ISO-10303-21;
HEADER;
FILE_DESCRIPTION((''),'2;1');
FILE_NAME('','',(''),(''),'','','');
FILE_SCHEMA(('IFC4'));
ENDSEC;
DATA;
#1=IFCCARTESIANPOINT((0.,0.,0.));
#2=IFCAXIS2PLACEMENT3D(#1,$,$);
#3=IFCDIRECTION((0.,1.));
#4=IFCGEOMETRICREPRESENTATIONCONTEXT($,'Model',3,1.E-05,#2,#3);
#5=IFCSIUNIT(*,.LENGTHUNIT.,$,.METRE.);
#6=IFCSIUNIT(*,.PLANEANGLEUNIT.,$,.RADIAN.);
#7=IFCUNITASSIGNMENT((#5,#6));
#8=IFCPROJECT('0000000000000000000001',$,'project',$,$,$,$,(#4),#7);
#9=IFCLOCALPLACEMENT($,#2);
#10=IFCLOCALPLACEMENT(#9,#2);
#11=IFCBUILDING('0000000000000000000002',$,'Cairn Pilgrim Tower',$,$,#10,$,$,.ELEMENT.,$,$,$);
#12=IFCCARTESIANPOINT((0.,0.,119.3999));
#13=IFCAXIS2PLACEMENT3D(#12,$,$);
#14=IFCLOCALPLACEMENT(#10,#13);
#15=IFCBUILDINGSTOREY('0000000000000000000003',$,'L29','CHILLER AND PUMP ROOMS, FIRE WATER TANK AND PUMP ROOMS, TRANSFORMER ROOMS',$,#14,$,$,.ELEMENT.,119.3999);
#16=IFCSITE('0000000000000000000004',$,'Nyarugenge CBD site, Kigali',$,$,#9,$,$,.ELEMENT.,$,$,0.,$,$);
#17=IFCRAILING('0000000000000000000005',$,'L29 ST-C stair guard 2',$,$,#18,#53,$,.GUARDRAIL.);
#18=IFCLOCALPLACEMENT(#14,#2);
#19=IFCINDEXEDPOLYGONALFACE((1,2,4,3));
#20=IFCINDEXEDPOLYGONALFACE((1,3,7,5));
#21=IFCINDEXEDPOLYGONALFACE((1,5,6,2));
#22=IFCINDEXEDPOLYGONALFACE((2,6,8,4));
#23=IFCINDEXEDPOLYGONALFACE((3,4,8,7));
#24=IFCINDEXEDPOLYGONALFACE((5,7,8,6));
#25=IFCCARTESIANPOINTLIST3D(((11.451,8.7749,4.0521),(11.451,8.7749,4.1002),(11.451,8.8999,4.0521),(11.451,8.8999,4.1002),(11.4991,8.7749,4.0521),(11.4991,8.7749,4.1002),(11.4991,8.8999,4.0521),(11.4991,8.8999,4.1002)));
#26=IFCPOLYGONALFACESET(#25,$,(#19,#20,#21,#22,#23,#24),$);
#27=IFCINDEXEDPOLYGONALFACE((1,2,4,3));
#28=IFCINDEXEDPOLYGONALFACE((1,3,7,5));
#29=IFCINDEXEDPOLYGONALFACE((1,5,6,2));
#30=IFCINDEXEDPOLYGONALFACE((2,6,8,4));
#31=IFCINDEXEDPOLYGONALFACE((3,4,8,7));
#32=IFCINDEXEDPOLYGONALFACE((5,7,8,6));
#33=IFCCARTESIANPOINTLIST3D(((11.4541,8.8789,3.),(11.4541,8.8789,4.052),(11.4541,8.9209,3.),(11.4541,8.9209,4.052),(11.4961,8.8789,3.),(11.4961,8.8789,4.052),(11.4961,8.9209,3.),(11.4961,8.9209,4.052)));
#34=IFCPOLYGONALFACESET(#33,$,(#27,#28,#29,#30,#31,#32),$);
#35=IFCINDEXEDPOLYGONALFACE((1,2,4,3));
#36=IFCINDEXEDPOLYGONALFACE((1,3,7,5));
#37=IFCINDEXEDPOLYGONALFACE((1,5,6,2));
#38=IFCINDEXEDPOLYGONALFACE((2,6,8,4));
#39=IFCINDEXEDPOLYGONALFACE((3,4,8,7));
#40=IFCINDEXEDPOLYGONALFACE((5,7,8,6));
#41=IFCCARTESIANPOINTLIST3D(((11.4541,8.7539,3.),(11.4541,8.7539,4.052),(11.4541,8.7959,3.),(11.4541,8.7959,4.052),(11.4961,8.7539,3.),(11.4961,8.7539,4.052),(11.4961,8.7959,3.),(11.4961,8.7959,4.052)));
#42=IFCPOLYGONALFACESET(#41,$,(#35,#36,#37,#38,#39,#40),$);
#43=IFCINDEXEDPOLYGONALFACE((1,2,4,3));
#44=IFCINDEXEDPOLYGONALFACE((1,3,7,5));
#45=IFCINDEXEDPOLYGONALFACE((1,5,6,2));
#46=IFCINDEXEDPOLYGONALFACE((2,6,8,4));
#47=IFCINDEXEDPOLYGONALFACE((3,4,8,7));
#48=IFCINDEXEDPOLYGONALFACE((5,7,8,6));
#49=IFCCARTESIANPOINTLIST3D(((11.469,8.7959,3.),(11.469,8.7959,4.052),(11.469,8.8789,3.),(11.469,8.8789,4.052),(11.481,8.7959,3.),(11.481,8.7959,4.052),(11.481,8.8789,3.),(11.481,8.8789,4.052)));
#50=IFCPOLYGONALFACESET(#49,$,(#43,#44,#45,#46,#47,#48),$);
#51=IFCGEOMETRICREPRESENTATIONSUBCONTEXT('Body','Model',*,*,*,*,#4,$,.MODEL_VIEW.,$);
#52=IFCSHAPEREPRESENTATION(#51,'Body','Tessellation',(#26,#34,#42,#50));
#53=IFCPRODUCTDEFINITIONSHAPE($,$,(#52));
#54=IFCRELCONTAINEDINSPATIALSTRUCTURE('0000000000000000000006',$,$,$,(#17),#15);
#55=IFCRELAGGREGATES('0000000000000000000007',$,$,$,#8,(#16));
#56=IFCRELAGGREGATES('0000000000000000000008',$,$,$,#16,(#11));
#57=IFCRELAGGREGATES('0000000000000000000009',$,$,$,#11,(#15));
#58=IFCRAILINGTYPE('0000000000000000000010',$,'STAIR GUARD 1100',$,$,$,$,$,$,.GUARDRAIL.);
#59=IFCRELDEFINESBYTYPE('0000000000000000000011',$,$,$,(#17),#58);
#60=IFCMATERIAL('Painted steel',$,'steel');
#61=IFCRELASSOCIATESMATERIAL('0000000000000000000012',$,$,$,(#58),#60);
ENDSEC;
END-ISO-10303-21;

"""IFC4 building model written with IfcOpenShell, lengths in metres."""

from ifc_helpers import new_model, si_unit, direction, frame, origin, origin_2d, place, context, subcontext, project, spatial, polyline, rectangle, outline, extrude, material, type_object, element, save


model = new_model("IFC4")

# Units and contexts
model_context = context("Model", 3, precision=1e-05, world=origin(), true_north=direction((0.0, 1.0)))
body_context = subcontext(model_context, "Body", "Model", "MODEL_VIEW")
ifc_project = project(units=[si_unit("LENGTHUNIT", "METRE"), si_unit("PLANEANGLEUNIT", "RADIAN")], contexts=[model_context])

# Site, building, storey
site_placement = place(None, origin())
site = spatial("IfcSite", under=ifc_project, at=site_placement, Name="Nyarugenge CBD site, Kigali", CompositionType="ELEMENT", RefElevation=0.0)
building_placement = place(site_placement, origin())
building = spatial("IfcBuilding", under=site, at=building_placement, Name="Cairn Pilgrim Tower", CompositionType="ELEMENT")
storey_placement = place(building_placement, frame((0.0, 0.0, 119.3999)))
storey = spatial("IfcBuildingStorey", under=building, at=storey_placement, Name="L29", Description="CHILLER AND PUMP ROOMS, FIRE WATER TANK AND PUMP ROOMS, TRANSFORMER ROOMS", CompositionType="ELEMENT", Elevation=119.3999)

# Shared definitions
ifc_material_1 = material(Name="Painted steel", Category="steel")

# Railing
railing_type_1 = type_object("IfcRailingType", Name="STAIR GUARD 1100", PredefinedType="GUARDRAIL", material=ifc_material_1)
railing_1_placement = place(storey_placement, frame((11.4751, 8.8999, 3.0)))
element("IfcRailing", 1, at=railing_1_placement, inside=storey, type_object=railing_type_1, Name="L29 ST-C stair guard 2", PredefinedType="GUARDRAIL", context=body_context, shape_type="SweptSolid", body=[
    extrude(rectangle(XDim=0.0481, YDim=0.0481, at=origin_2d()), frame((0.0, 0.0, 1.0762), z_axis=(0.0, -1.0, 0.0), x_axis=(1.0, 0.0, 0.0)), (0.0, 0.0, 1.0), 0.125),
    extrude(rectangle(XDim=0.042, YDim=0.042, at=origin_2d()), origin(), (0.0, 0.0, 1.0), 1.052),
    extrude(rectangle(XDim=0.042, YDim=0.042, at=origin_2d()), frame((0.0, -0.125, 0.0)), (0.0, 0.0, 1.0), 1.052),
    extrude(outline(polyline([(0.021, 0.0), (0.104, 0.0), (0.104, 1.052), (0.021, 1.052), (0.021, 0.0)])), frame((0.0059, 0.0, 0.0), z_axis=(-1.0, 0.0, 0.0), x_axis=(0.0, -1.0, 0.0)), (0.0, 0.0, 1.0), 0.012),
])

save(model, "model.ifc")
